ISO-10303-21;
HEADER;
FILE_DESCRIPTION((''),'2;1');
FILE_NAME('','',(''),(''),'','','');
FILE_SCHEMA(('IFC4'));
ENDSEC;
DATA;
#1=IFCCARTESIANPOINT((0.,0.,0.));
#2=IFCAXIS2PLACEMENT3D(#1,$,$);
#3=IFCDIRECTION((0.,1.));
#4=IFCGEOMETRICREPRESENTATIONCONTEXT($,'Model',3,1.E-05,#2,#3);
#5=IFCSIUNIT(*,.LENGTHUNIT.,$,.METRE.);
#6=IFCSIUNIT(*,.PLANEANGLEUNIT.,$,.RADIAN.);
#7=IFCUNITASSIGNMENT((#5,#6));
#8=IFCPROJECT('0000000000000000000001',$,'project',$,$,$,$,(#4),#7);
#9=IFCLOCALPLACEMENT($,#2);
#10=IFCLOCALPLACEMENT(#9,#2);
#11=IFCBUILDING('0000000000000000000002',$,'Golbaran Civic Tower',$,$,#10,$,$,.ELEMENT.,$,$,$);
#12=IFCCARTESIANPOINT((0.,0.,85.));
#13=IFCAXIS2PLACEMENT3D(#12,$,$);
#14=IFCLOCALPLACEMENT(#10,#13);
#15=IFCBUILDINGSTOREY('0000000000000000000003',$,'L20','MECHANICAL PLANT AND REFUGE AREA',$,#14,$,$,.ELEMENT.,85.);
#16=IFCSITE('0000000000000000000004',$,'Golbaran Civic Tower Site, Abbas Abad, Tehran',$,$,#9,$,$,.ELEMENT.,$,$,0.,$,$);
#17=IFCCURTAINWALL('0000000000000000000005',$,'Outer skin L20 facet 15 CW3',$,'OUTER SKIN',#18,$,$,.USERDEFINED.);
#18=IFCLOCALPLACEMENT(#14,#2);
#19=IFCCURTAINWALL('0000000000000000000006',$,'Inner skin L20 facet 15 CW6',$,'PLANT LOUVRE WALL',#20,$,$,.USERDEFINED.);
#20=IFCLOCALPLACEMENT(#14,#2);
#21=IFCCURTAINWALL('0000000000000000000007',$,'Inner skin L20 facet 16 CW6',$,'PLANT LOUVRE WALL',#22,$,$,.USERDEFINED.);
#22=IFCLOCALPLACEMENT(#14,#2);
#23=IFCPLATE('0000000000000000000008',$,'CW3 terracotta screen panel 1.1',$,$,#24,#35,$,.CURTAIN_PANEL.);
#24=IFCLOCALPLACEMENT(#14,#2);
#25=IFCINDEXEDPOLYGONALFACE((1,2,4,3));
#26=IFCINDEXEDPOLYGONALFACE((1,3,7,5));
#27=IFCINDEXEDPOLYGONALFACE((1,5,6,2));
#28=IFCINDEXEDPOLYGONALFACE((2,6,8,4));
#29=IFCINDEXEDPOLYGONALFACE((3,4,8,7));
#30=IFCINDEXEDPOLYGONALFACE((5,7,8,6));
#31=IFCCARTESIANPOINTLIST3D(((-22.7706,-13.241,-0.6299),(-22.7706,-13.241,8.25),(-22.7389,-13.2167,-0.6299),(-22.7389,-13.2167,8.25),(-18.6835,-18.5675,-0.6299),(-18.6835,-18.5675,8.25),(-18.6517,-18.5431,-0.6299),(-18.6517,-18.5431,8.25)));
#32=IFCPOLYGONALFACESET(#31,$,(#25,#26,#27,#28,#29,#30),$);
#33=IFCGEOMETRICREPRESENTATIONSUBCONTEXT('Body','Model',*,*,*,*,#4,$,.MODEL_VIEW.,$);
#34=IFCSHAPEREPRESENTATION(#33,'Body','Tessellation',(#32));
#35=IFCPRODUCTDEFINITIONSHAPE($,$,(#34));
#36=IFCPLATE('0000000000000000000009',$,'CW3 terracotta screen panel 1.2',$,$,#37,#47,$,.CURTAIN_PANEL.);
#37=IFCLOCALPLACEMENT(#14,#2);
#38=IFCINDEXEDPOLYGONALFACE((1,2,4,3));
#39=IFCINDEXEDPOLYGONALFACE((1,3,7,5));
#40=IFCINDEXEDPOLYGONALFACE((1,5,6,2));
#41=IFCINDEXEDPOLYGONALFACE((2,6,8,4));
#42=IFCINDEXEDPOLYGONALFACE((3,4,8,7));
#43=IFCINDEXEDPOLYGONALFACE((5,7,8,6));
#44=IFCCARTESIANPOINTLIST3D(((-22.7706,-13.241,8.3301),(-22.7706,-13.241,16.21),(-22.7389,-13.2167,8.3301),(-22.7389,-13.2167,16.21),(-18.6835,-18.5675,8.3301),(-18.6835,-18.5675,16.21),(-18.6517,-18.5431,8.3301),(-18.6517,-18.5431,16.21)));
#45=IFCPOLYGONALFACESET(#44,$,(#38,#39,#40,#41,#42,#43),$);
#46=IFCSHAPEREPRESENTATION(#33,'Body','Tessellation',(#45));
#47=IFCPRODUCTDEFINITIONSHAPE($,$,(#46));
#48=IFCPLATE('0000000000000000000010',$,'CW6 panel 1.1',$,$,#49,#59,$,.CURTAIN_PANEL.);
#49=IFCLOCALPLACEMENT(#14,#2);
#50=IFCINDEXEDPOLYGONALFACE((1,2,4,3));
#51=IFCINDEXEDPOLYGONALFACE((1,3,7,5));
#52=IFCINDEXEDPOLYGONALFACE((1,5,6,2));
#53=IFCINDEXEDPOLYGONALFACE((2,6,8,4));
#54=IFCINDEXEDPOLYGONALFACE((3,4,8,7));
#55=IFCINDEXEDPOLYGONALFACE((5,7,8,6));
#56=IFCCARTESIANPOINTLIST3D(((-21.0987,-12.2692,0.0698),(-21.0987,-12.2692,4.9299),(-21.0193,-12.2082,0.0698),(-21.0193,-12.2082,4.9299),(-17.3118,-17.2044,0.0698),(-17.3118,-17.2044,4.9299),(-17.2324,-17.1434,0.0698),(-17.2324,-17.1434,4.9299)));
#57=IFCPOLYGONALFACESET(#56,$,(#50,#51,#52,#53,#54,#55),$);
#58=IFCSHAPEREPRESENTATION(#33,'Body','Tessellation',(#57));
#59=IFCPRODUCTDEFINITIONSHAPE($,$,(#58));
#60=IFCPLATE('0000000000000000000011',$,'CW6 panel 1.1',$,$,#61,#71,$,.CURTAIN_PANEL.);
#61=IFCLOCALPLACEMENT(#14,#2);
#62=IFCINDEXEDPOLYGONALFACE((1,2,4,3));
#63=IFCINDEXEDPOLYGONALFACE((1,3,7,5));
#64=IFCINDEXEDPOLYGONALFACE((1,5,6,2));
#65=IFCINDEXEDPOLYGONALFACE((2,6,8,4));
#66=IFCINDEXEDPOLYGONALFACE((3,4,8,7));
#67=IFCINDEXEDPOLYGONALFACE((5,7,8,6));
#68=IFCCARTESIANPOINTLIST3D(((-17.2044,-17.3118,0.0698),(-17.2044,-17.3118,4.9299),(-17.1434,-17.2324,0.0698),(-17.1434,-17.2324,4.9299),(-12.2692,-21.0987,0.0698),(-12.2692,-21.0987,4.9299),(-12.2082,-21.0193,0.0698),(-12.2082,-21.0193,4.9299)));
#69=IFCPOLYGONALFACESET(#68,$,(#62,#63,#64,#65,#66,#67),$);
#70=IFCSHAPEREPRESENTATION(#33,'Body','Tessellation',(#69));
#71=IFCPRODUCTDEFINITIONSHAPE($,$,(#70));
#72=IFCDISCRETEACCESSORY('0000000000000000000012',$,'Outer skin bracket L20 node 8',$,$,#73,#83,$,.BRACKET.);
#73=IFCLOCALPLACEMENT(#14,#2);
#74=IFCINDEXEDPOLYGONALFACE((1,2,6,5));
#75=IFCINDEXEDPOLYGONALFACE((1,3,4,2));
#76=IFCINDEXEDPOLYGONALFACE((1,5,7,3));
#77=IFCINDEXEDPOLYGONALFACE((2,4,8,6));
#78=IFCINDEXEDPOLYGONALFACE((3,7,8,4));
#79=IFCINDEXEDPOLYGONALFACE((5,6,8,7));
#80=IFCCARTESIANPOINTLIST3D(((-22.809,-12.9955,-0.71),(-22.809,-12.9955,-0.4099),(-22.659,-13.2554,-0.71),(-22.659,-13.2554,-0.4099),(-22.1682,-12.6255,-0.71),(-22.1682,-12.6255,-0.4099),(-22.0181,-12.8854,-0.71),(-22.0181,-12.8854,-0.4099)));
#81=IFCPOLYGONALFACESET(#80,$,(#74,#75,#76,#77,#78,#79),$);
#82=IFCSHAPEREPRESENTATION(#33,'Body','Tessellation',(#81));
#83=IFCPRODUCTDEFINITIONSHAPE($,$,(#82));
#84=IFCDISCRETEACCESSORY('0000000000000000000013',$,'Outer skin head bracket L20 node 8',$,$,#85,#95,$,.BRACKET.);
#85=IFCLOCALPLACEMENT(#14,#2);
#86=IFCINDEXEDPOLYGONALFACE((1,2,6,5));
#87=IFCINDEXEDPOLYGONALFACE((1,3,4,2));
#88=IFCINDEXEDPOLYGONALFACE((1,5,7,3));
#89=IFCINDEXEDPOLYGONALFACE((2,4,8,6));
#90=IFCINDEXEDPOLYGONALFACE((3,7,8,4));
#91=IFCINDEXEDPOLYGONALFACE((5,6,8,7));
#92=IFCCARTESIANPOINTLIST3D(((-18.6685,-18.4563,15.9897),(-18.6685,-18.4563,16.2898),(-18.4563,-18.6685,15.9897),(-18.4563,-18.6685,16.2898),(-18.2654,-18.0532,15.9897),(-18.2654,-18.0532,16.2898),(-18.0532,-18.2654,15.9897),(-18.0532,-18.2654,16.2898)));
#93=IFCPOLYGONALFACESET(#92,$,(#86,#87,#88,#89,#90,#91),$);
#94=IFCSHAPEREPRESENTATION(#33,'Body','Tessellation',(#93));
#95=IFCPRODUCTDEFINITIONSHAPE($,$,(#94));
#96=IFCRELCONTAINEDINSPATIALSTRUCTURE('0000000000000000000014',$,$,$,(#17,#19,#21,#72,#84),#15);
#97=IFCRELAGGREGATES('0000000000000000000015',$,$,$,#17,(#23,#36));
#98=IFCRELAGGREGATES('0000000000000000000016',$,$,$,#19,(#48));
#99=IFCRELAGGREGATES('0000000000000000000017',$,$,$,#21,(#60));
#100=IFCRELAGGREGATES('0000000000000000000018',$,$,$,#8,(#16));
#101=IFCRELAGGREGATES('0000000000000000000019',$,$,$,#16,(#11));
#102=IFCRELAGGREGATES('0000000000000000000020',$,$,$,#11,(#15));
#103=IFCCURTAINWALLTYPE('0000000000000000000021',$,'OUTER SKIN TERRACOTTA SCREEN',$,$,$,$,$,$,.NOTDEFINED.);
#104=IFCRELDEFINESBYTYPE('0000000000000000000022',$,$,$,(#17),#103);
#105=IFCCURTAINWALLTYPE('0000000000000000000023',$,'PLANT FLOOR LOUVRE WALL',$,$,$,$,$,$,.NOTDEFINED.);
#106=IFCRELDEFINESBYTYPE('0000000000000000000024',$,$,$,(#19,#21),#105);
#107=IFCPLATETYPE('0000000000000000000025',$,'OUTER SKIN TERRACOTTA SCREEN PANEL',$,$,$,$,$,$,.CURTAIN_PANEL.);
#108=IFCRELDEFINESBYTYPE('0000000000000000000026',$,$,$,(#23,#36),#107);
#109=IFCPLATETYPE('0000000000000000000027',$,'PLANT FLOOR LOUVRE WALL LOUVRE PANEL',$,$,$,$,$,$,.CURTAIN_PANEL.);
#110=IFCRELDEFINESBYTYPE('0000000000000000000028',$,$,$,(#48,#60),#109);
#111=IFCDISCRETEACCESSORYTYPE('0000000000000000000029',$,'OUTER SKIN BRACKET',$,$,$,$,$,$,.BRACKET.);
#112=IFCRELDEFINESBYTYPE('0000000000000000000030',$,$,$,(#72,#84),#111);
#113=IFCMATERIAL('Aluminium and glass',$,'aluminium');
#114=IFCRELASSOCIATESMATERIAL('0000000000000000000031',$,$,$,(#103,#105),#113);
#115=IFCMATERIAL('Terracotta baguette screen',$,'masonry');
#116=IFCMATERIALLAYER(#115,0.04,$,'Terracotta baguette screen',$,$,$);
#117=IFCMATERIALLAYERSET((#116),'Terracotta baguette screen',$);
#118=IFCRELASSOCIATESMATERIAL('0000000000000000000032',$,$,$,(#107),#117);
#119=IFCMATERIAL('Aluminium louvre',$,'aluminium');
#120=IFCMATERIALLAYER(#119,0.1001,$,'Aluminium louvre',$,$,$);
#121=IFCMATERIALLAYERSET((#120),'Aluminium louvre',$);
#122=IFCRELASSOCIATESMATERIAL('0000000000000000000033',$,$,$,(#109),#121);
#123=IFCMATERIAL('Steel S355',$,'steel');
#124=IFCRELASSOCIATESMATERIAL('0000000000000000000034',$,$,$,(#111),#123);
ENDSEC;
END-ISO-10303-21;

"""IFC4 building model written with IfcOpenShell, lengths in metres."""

from ifc_helpers import new_model, si_unit, direction, frame, origin, origin_2d, place, context, subcontext, project, spatial, rectangle, extrude, material, layer, layer_set, type_object, element, aggregate, save


model = new_model("IFC4")

# Units and contexts
model_context = context("Model", 3, precision=1e-05, world=origin(), true_north=direction((0.0, 1.0)))
body_context = subcontext(model_context, "Body", "Model", "MODEL_VIEW")
ifc_project = project(units=[si_unit("LENGTHUNIT", "METRE"), si_unit("PLANEANGLEUNIT", "RADIAN")], contexts=[model_context])

# Site, building, storey
site_placement = place(None, origin())
site = spatial("IfcSite", under=ifc_project, at=site_placement, Name="Golbaran Civic Tower Site, Abbas Abad, Tehran", CompositionType="ELEMENT", RefElevation=0.0)
building_placement = place(site_placement, origin())
building = spatial("IfcBuilding", under=site, at=building_placement, Name="Golbaran Civic Tower", CompositionType="ELEMENT")
storey_placement = place(building_placement, frame((0.0, 0.0, 85.0)))
storey = spatial("IfcBuildingStorey", under=building, at=storey_placement, Name="L20", Description="MECHANICAL PLANT AND REFUGE AREA", CompositionType="ELEMENT", Elevation=85.0)

# Shared definitions
ifc_material_1 = material(Name="Steel S355", Category="steel")

# Shared definitions
ifc_material_2 = material(Name="Aluminium and glass", Category="aluminium")
curtain_wall_type_1 = type_object("IfcCurtainWallType", Name="OUTER SKIN TERRACOTTA SCREEN", PredefinedType="NOTDEFINED", material=ifc_material_2)

# Curtain wall
curtain_wall_1_placement = place(storey_placement, origin())
curtain_wall_1 = element("IfcCurtainWall", 1, at=curtain_wall_1_placement, inside=storey, type_object=curtain_wall_type_1, Name="Outer skin L20 facet 15 CW3", ObjectType="OUTER SKIN", PredefinedType="USERDEFINED")

# Shared definitions
curtain_wall_type_2 = type_object("IfcCurtainWallType", Name="PLANT FLOOR LOUVRE WALL", PredefinedType="NOTDEFINED", material=ifc_material_2)

# Curtain wall
curtain_wall_2_placement = place(storey_placement, origin())
curtain_wall_2 = element("IfcCurtainWall", 2, at=curtain_wall_2_placement, inside=storey, type_object=curtain_wall_type_2, Name="Inner skin L20 facet 15 CW6", ObjectType="PLANT LOUVRE WALL", PredefinedType="USERDEFINED")

# Curtain wall
curtain_wall_3_placement = place(storey_placement, origin())
curtain_wall_3 = element("IfcCurtainWall", 3, at=curtain_wall_3_placement, inside=storey, type_object=curtain_wall_type_2, Name="Inner skin L20 facet 16 CW6", ObjectType="PLANT LOUVRE WALL", PredefinedType="USERDEFINED")

# Plates
ifc_material_3 = material(Name="Terracotta baguette screen", Category="masonry")
ifc_layer_1 = layer(ifc_material_3, 0.04, Name="Terracotta baguette screen")
ifc_layer_set_1 = layer_set([ifc_layer_1], Name="Terracotta baguette screen")
plate_type_1 = type_object("IfcPlateType", Name="OUTER SKIN TERRACOTTA SCREEN PANEL", PredefinedType="CURTAIN_PANEL", material=ifc_layer_set_1)
plate_1_placement = place(storey_placement, frame((-20.7112, -15.8921, -0.6299), z_axis=(0.0, 0.0, 1.0), x_axis=(0.608761, -0.793353, 0.0)))
plate_1 = element("IfcPlate", 4, at=plate_1_placement, type_object=plate_type_1, Name="CW3 terracotta screen panel 1.1", PredefinedType="CURTAIN_PANEL", context=body_context, shape_type="SweptSolid", body=[
    extrude(rectangle(XDim=6.7139, YDim=0.04, at=origin_2d()), origin(), (0.0, 0.0, 1.0), 8.8799),
])
plate_2_placement = place(storey_placement, frame((-20.7112, -15.8921, 8.3301), z_axis=(0.0, 0.0, 1.0), x_axis=(0.608761, -0.793353, 0.0)))
plate_2 = element("IfcPlate", 5, at=plate_2_placement, type_object=plate_type_1, Name="CW3 terracotta screen panel 1.2", PredefinedType="CURTAIN_PANEL", context=body_context, shape_type="SweptSolid", body=[
    extrude(rectangle(XDim=6.7139, YDim=0.04, at=origin_2d()), origin(), (0.0, 0.0, 1.0), 7.8799),
])
aggregate(curtain_wall_1, [plate_1, plate_2])
ifc_material_4 = material(Name="Aluminium louvre", Category="aluminium")
ifc_layer_2 = layer(ifc_material_4, 0.1001, Name="Aluminium louvre")
ifc_layer_set_2 = layer_set([ifc_layer_2], Name="Aluminium louvre")
plate_type_2 = type_object("IfcPlateType", Name="PLANT FLOOR LOUVRE WALL LOUVRE PANEL", PredefinedType="CURTAIN_PANEL", material=ifc_layer_set_2)
plate_3_placement = place(storey_placement, frame((-19.1655, -14.7063, 0.0698), z_axis=(0.0, 0.0, 1.0), x_axis=(0.608761, -0.793353, 0.0)))
plate_3 = element("IfcPlate", 6, at=plate_3_placement, type_object=plate_type_2, Name="CW6 panel 1.1", PredefinedType="CURTAIN_PANEL", context=body_context, shape_type="SweptSolid", body=[
    extrude(rectangle(XDim=6.2207, YDim=0.1001, at=origin_2d()), origin(), (0.0, 0.0, 1.0), 4.8601),
])
aggregate(curtain_wall_2, [plate_3])
plate_4_placement = place(storey_placement, frame((-14.7063, -19.1655, 0.0698), z_axis=(0.0, 0.0, 1.0), x_axis=(0.793353, -0.608761, 0.0)))
plate_4 = element("IfcPlate", 7, at=plate_4_placement, type_object=plate_type_2, Name="CW6 panel 1.1", PredefinedType="CURTAIN_PANEL", context=body_context, shape_type="SweptSolid", body=[
    extrude(rectangle(XDim=6.2207, YDim=0.1001, at=origin_2d()), origin(), (0.0, 0.0, 1.0), 4.8601),
])
aggregate(curtain_wall_3, [plate_4])

# Discrete accessories
discrete_accessory_type = type_object("IfcDiscreteAccessoryType", Name="OUTER SKIN BRACKET", PredefinedType="BRACKET", material=ifc_material_1)
discrete_accessory_1_placement = place(storey_placement, frame((-22.4136, -12.9404, -0.71), z_axis=(0.0, 0.0, 1.0), x_axis=(-0.866025, -0.5, 0.0)))
element("IfcDiscreteAccessory", 8, at=discrete_accessory_1_placement, inside=storey, type_object=discrete_accessory_type, Name="Outer skin bracket L20 node 8", PredefinedType="BRACKET", context=body_context, shape_type="SweptSolid", body=[
    extrude(rectangle(XDim=0.74, YDim=0.3, at=origin_2d()), origin(), (0.0, 0.0, 1.0), 0.3),
])
discrete_accessory_2_placement = place(storey_placement, frame((-18.3608, -18.3608, 15.9897), z_axis=(0.0, 0.0, 1.0), x_axis=(-0.707107, -0.707107, 0.0)))
element("IfcDiscreteAccessory", 9, at=discrete_accessory_2_placement, inside=storey, type_object=discrete_accessory_type, Name="Outer skin head bracket L20 node 8", PredefinedType="BRACKET", context=body_context, shape_type="SweptSolid", body=[
    extrude(rectangle(XDim=0.5701, YDim=0.3, at=origin_2d()), origin(), (0.0, 0.0, 1.0), 0.3),
])

save(model, "model.ifc")
